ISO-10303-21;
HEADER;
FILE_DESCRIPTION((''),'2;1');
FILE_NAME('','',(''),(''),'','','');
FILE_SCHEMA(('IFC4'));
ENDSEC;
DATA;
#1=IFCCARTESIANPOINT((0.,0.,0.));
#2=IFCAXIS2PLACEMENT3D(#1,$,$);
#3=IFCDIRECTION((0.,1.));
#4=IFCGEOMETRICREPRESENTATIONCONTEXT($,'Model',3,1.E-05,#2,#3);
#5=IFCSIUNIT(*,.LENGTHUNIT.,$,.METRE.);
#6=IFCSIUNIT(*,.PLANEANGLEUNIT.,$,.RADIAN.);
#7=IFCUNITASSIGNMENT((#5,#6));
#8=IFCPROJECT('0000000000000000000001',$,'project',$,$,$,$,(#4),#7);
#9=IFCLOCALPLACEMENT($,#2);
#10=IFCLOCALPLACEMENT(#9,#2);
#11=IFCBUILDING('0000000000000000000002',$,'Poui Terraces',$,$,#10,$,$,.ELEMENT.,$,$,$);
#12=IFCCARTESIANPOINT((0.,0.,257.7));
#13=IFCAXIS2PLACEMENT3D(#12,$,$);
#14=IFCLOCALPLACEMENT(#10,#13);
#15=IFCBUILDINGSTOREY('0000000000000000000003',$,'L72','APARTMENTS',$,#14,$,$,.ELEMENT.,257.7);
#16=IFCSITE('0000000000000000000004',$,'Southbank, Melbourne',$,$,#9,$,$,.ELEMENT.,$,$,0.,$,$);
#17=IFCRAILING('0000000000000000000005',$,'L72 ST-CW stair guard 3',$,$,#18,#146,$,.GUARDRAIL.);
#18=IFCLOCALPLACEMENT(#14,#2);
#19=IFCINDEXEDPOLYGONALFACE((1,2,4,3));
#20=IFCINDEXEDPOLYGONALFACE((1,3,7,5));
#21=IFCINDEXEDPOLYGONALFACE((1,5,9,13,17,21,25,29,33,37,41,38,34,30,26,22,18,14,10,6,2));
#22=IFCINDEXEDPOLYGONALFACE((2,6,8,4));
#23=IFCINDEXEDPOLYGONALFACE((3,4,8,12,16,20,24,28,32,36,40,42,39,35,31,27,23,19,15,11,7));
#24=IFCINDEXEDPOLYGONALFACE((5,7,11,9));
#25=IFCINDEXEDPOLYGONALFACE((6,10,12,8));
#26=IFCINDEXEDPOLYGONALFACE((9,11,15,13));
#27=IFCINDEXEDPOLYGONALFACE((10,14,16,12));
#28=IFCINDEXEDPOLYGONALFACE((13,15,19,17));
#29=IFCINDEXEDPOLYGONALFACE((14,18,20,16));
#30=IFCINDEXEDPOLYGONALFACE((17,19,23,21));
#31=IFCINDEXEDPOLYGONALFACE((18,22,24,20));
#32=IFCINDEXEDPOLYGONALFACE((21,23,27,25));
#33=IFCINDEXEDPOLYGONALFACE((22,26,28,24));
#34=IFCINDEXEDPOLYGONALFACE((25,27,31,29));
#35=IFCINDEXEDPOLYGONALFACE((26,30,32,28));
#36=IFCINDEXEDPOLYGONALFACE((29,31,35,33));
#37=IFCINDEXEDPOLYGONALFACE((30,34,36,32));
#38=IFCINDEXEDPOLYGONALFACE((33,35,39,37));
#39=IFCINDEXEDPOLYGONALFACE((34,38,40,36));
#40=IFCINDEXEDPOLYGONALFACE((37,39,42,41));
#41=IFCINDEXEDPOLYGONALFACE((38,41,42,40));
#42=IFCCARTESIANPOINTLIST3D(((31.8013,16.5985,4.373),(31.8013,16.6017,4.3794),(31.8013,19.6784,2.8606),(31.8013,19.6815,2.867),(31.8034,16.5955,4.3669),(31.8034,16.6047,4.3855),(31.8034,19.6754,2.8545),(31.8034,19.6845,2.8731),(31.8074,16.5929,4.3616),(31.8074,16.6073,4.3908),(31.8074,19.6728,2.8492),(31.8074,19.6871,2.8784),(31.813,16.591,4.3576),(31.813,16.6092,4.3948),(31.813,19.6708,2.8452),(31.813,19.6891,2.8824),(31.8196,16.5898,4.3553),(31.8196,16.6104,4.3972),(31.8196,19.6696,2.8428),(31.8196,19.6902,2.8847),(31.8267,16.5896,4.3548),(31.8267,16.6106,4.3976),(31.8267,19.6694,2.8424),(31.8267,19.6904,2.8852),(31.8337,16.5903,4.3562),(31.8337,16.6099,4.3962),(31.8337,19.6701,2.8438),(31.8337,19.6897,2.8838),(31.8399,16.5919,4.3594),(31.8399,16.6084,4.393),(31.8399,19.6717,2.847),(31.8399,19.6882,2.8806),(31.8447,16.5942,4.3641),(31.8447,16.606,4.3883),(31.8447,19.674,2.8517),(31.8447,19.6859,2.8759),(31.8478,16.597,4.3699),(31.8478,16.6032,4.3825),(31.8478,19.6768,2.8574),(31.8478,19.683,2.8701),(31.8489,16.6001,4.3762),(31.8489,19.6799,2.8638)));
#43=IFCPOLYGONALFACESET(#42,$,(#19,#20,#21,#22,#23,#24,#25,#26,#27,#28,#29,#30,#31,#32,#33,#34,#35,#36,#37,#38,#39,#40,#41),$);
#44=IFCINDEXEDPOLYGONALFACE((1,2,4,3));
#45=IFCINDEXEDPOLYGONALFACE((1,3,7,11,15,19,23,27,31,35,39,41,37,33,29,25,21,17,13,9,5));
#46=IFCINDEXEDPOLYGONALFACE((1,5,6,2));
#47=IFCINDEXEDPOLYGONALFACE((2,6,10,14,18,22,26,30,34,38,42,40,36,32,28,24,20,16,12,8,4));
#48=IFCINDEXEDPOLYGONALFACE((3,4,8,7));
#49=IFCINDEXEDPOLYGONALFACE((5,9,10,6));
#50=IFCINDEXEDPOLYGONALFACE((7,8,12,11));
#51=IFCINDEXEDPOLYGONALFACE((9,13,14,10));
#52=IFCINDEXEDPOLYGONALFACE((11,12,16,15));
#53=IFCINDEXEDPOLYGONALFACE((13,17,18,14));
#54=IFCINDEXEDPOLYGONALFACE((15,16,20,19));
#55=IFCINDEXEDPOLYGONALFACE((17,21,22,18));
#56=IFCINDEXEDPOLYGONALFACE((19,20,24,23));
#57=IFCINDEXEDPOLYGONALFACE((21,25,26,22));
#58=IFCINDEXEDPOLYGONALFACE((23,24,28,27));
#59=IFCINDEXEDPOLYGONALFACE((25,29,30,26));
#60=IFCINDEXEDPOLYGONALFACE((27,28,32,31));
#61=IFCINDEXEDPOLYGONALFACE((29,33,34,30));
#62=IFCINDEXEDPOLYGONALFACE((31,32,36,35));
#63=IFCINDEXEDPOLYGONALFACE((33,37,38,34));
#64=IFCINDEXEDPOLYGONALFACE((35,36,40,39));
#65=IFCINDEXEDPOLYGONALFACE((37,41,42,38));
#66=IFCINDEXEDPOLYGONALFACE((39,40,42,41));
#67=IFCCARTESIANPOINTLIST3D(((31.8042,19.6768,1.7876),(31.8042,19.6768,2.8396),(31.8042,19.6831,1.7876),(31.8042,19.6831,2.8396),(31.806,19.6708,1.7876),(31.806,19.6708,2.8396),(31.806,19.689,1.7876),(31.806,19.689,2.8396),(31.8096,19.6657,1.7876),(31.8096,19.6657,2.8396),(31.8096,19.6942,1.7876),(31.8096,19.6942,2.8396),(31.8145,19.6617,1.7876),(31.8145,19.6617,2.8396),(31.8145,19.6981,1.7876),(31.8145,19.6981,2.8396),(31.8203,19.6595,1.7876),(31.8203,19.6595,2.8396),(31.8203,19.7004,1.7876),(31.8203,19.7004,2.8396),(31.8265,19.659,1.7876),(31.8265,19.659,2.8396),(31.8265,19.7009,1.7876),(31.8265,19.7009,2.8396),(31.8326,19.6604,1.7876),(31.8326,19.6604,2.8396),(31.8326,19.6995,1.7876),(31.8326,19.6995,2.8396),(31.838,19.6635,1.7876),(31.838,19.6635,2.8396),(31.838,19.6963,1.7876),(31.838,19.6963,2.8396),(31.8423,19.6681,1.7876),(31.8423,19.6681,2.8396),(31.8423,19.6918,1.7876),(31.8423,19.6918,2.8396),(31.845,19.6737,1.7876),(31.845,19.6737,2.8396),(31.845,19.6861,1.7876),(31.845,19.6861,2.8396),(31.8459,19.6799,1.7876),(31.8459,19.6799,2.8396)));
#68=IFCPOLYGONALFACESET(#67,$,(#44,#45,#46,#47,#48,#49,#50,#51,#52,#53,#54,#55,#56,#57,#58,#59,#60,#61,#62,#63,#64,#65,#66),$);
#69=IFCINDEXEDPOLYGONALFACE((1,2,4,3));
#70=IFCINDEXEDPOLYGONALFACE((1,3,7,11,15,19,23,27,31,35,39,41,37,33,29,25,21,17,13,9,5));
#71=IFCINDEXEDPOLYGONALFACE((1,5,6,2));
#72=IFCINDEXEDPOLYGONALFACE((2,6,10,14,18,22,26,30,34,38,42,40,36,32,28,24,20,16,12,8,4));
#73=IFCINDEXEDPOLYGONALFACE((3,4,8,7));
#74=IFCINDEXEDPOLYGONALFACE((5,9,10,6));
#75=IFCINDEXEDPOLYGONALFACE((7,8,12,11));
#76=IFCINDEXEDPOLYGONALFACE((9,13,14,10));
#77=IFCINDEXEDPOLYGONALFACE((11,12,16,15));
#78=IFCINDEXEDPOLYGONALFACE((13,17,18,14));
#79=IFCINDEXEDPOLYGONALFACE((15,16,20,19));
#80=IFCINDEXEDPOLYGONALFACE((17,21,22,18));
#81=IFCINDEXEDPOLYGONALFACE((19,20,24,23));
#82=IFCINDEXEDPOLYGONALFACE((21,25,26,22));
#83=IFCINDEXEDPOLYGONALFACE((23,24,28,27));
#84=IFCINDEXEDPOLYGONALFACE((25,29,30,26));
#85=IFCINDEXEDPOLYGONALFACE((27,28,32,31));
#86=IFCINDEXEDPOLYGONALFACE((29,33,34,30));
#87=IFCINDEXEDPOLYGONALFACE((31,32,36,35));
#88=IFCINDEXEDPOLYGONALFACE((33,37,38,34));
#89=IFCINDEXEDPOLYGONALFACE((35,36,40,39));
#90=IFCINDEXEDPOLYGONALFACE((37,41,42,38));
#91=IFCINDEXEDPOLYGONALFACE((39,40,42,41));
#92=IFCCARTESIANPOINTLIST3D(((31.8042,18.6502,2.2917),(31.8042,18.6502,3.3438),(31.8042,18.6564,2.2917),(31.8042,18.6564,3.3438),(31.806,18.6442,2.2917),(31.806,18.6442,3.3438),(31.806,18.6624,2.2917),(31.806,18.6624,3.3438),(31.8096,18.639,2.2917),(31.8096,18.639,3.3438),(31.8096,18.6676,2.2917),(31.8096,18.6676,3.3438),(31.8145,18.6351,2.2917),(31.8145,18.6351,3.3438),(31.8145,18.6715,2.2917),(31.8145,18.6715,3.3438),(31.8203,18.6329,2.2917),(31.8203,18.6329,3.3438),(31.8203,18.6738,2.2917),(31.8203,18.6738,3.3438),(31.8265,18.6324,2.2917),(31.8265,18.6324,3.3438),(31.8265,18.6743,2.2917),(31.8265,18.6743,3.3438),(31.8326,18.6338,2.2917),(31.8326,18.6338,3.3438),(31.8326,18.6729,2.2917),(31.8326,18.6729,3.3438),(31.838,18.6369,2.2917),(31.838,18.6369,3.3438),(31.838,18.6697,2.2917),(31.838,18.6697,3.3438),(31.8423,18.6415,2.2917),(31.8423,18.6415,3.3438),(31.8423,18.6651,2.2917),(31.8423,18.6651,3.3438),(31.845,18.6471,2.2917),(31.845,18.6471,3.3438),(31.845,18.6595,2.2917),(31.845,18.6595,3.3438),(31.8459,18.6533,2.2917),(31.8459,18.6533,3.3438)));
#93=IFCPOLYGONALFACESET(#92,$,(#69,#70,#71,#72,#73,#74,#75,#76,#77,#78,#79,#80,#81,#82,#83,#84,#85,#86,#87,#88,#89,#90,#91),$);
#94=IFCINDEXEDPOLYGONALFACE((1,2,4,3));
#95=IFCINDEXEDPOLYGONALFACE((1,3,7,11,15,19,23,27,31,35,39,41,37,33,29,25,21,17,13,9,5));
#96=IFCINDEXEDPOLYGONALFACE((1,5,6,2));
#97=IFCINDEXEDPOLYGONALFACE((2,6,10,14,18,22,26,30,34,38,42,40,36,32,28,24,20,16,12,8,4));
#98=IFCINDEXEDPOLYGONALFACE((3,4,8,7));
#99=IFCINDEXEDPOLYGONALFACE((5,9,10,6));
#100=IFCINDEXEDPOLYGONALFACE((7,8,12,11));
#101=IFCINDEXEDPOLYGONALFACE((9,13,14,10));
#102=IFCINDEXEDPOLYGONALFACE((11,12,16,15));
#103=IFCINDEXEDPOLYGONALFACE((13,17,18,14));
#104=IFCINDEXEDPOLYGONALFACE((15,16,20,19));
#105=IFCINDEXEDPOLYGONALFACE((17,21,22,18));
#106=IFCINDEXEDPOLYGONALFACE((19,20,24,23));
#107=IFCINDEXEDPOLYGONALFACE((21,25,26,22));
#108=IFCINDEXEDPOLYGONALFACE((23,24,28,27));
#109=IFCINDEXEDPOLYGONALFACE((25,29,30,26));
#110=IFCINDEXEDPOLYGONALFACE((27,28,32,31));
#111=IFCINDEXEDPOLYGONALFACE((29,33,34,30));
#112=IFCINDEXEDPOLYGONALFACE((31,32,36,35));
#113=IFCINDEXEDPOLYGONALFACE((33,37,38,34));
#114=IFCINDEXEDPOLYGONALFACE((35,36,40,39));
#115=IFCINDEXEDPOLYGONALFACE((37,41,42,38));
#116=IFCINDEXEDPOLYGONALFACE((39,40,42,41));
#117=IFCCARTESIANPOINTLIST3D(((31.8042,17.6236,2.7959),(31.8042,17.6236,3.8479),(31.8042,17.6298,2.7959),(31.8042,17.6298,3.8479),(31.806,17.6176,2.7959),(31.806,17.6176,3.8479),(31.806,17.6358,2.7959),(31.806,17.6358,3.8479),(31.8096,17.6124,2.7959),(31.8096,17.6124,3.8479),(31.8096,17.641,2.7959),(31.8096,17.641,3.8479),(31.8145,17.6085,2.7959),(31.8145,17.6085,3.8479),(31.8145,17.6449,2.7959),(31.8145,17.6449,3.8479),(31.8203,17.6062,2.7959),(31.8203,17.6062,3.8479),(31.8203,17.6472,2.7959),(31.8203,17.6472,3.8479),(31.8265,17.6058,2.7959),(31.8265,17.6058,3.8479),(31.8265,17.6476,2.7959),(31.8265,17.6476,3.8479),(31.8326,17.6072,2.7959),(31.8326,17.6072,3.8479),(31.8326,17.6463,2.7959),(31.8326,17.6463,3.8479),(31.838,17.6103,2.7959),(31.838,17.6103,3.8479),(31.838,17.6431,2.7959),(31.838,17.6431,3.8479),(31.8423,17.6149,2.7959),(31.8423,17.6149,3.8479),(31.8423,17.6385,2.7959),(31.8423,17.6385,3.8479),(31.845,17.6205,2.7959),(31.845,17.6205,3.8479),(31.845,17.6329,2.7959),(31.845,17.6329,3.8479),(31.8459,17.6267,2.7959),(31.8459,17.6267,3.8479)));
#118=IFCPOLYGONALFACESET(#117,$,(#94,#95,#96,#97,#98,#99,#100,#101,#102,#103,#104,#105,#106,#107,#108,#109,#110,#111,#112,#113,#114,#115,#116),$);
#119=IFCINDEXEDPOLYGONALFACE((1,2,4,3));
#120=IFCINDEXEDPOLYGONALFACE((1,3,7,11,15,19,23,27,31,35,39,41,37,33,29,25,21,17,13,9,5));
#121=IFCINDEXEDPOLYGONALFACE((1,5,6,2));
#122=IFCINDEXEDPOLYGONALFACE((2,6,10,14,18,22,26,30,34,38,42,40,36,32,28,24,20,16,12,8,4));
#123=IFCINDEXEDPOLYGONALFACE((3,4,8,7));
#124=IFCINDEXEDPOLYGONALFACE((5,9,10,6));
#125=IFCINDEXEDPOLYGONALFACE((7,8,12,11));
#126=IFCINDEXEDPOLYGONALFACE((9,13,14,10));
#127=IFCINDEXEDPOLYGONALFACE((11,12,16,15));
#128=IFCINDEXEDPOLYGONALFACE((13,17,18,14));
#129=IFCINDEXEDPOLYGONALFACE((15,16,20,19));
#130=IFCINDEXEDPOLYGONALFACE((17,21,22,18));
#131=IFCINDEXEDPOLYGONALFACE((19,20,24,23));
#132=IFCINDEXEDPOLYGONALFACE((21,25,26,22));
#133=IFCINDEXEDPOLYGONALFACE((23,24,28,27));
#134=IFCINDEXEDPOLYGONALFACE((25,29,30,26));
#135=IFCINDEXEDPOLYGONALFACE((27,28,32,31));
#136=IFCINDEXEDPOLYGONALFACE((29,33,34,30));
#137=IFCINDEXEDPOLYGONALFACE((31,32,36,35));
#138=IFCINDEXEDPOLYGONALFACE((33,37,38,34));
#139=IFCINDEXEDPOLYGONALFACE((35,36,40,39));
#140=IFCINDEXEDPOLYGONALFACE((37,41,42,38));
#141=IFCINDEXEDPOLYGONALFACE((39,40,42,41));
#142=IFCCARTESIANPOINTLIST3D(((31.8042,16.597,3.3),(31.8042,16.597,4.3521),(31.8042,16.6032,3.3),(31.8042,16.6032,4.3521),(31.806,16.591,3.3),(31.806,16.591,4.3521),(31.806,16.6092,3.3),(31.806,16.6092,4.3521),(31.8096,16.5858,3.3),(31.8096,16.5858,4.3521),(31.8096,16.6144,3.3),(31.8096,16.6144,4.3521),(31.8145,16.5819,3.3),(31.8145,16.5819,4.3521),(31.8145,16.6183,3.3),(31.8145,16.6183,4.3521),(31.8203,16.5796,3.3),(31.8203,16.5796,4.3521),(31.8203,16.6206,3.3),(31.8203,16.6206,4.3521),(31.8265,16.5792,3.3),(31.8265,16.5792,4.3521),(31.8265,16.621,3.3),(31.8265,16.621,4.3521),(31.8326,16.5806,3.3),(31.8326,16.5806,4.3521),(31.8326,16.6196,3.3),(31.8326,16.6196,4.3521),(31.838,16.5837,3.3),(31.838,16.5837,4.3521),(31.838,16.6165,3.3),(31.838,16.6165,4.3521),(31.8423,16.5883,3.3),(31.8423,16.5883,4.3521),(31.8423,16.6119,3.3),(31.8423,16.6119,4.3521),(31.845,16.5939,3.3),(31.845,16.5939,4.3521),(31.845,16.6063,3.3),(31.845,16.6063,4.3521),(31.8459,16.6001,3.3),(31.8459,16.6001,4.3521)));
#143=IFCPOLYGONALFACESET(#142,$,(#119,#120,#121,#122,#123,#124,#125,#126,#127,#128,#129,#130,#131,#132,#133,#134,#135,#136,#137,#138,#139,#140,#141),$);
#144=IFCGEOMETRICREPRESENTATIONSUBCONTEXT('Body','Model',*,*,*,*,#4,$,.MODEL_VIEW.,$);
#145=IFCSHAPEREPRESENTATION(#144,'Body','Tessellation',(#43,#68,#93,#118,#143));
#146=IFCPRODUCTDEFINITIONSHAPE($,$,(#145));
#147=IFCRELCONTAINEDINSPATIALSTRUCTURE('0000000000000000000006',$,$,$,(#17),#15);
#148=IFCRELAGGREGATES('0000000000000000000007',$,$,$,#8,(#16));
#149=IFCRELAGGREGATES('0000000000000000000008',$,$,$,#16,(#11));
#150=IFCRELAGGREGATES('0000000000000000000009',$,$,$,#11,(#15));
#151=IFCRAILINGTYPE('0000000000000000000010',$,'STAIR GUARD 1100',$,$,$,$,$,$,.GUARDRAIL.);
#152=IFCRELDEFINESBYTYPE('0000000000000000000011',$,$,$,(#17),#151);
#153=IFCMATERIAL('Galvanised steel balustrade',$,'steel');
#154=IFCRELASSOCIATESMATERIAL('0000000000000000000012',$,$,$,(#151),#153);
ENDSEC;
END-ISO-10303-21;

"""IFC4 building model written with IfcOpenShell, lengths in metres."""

from ifc_helpers import new_model, si_unit, direction, frame, origin, origin_2d, place, context, subcontext, project, spatial, circle, extrude, material, type_object, element, save


model = new_model("IFC4")

# Units and contexts
model_context = context("Model", 3, precision=1e-05, world=origin(), true_north=direction((0.0, 1.0)))
body_context = subcontext(model_context, "Body", "Model", "MODEL_VIEW")
ifc_project = project(units=[si_unit("LENGTHUNIT", "METRE"), si_unit("PLANEANGLEUNIT", "RADIAN")], contexts=[model_context])

# Site, building, storey
site_placement = place(None, origin())
site = spatial("IfcSite", under=ifc_project, at=site_placement, Name="Southbank, Melbourne", CompositionType="ELEMENT", RefElevation=0.0)
building_placement = place(site_placement, origin())
building = spatial("IfcBuilding", under=site, at=building_placement, Name="Poui Terraces", CompositionType="ELEMENT")
storey_placement = place(building_placement, frame((0.0, 0.0, 257.7)))
storey = spatial("IfcBuildingStorey", under=building, at=storey_placement, Name="L72", Description="APARTMENTS", CompositionType="ELEMENT", Elevation=257.7)

# Railing
ifc_material_1 = material(Name="Galvanised steel balustrade", Category="steel")
railing_type_1 = type_object("IfcRailingType", Name="STAIR GUARD 1100", PredefinedType="GUARDRAIL", material=ifc_material_1)
railing_1_placement = place(storey_placement, frame((31.825, 19.6799, 1.7876)))
element("IfcRailing", 1, at=railing_1_placement, inside=storey, type_object=railing_type_1, Name="L72 ST-CW stair guard 3", PredefinedType="GUARDRAIL", context=body_context, shape_type="SweptSolid", body=[
    extrude(circle(Radius=0.0239, at=origin_2d()), frame((0.0, 0.0, 1.0762), z_axis=(0.0, -0.897606, 0.440798), x_axis=(1.0, 0.0, 0.0)), (0.0, 0.0, 1.0), 3.4312),
    extrude(circle(Radius=0.021, at=origin_2d()), origin(), (0.0, 0.0, 1.0), 1.052),
    extrude(circle(Radius=0.021, at=origin_2d()), frame((0.0, -1.0266, 0.5042)), (0.0, 0.0, 1.0), 1.052),
    extrude(circle(Radius=0.021, at=origin_2d()), frame((0.0, -2.0532, 1.0083)), (0.0, 0.0, 1.0), 1.052),
    extrude(circle(Radius=0.021, at=origin_2d()), frame((0.0, -3.0798, 1.5125)), (0.0, 0.0, 1.0), 1.052),
])

save(model, "model.ifc")
